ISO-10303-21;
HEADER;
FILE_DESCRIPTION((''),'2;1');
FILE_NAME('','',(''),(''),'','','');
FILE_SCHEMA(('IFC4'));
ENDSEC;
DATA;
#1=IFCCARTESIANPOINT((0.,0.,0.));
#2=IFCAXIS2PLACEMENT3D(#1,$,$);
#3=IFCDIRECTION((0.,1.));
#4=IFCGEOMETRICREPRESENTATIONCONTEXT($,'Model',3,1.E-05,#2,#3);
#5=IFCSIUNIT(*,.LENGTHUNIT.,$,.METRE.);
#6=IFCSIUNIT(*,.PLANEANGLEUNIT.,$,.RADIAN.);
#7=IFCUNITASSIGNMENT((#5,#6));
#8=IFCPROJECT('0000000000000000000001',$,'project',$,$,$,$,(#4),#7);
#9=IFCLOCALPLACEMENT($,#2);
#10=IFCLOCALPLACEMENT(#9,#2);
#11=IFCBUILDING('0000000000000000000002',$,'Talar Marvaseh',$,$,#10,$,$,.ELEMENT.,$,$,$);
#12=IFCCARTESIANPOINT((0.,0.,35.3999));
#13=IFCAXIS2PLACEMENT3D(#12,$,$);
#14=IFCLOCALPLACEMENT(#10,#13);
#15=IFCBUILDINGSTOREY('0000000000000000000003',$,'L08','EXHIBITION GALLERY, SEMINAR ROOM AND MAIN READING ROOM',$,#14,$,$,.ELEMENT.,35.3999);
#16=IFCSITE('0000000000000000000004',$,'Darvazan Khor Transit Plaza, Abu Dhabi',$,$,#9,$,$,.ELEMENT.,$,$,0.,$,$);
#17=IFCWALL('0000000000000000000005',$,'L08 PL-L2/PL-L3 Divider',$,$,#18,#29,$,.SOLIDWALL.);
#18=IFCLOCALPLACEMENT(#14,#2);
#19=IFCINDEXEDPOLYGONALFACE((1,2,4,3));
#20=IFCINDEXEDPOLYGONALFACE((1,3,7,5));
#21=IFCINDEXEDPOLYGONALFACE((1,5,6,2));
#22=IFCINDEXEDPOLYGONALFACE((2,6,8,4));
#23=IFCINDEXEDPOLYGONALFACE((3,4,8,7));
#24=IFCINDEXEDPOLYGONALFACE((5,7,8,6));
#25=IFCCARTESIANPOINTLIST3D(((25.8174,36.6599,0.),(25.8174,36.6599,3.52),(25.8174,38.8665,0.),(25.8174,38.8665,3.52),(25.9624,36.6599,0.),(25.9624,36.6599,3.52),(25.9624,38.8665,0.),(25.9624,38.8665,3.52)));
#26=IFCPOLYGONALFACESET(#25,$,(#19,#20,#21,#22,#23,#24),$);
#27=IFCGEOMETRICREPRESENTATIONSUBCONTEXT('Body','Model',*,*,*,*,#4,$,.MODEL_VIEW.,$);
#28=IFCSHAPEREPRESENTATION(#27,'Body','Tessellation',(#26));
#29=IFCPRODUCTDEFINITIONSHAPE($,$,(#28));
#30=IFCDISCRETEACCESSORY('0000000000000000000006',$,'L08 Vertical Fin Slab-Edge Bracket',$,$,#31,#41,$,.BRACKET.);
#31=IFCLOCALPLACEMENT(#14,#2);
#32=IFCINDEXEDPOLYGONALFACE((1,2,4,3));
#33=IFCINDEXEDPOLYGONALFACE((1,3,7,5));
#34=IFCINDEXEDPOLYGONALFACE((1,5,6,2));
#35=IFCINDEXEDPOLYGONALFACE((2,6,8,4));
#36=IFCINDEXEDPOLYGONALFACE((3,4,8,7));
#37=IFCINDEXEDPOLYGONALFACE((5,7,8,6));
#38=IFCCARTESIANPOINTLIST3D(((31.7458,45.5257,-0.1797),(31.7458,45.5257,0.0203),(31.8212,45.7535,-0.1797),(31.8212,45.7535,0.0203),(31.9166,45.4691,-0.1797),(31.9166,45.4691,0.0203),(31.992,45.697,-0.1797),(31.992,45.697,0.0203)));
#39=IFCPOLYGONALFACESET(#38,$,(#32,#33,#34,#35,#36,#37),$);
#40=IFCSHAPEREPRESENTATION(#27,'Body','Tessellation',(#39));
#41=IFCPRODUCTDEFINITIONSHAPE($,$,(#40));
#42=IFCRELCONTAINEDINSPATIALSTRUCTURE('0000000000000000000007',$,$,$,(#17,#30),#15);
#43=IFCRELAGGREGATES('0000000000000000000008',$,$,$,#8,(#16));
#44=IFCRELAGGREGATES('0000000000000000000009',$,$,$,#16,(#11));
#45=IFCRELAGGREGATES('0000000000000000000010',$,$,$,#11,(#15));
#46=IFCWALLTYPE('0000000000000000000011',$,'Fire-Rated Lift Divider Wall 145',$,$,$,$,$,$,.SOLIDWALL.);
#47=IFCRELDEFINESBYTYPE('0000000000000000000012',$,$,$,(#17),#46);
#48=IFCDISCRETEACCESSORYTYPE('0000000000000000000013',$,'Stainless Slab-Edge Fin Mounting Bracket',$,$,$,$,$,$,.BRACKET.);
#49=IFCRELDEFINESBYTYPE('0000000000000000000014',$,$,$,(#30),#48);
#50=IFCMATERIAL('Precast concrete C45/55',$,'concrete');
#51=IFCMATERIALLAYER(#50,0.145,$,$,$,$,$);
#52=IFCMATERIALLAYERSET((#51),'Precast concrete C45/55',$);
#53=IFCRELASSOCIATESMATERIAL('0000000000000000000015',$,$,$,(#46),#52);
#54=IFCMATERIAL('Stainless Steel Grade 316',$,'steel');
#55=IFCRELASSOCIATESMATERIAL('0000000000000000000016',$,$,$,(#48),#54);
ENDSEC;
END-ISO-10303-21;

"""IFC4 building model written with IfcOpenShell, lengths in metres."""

from ifc_helpers import new_model, si_unit, direction, frame, frame_2d, origin, origin_2d, place, context, subcontext, project, spatial, rectangle, extrude, source, transform, mapped, material, layer, layer_set, type_object, type_shapes, element, save


model = new_model("IFC4")

# Units and contexts
model_context = context("Model", 3, precision=1e-05, world=origin(), true_north=direction((0.0, 1.0)))
body_context = subcontext(model_context, "Body", "Model", "MODEL_VIEW")
ifc_project = project(units=[si_unit("LENGTHUNIT", "METRE"), si_unit("PLANEANGLEUNIT", "RADIAN")], contexts=[model_context])

# Site, building, storey
site_placement = place(None, origin())
site = spatial("IfcSite", under=ifc_project, at=site_placement, Name="Darvazan Khor Transit Plaza, Abu Dhabi", CompositionType="ELEMENT", RefElevation=0.0)
building_placement = place(site_placement, origin())
building = spatial("IfcBuilding", under=site, at=building_placement, Name="Talar Marvaseh", CompositionType="ELEMENT")
storey_placement = place(building_placement, frame((0.0, 0.0, 35.3999)))
storey = spatial("IfcBuildingStorey", under=building, at=storey_placement, Name="L08", Description="EXHIBITION GALLERY, SEMINAR ROOM AND MAIN READING ROOM", CompositionType="ELEMENT", Elevation=35.3999)

# Wall
ifc_material_1 = material(Name="Precast concrete C45/55", Category="concrete")
ifc_layer_1 = layer(ifc_material_1, 0.145)
ifc_layer_set_1 = layer_set([ifc_layer_1], Name="Precast concrete C45/55")
wall_type_1 = type_object("IfcWallType", Name="Fire-Rated Lift Divider Wall 145", PredefinedType="SOLIDWALL", material=ifc_layer_set_1)
wall_1_placement = place(storey_placement, frame((25.8899, 36.6599, 0.0), z_axis=(0.0, 0.0, 1.0), x_axis=(0.0, 1.0, 0.0)))
element("IfcWall", 1, at=wall_1_placement, inside=storey, type_object=wall_type_1, Name="L08 PL-L2/PL-L3 Divider", PredefinedType="SOLIDWALL", context=body_context, shape_type="SweptSolid", body=[
    extrude(rectangle(XDim=2.2065, YDim=0.145, at=frame_2d((1.1033, 0.0))), origin(), (0.0, 0.0, 1.0), 3.52),
])

# Shared definitions
ifc_material_2 = material(Name="Stainless Steel Grade 316", Category="steel")

# Discrete accessory
discrete_accessory_type = type_object("IfcDiscreteAccessoryType", Name="Stainless Slab-Edge Fin Mounting Bracket", PredefinedType="BRACKET", material=ifc_material_2)
shared_shape_1 = source(origin(), body_context, "Body", "SweptSolid", [
    extrude(rectangle(XDim=0.24, YDim=0.1799, at=origin_2d()), origin(), (0.0, 0.0, 1.0), 0.2),
])
type_shapes(discrete_accessory_type, [shared_shape_1])
discrete_accessory_placement = place(storey_placement, frame((31.8689, 45.6113, -0.1797), z_axis=(0.0, 0.0, 1.0), x_axis=(0.314324, 0.949316, 0.0)))
element("IfcDiscreteAccessory", 2, at=discrete_accessory_placement, inside=storey, type_object=discrete_accessory_type, Name="L08 Vertical Fin Slab-Edge Bracket", PredefinedType="BRACKET", context=body_context, shape_type="MappedRepresentation", body=[
    mapped(shared_shape_1, transform((0.0, 0.0, 0.0), x_axis=(1.0, 0.0, 0.0), y_axis=(0.0, 1.0, 0.0), z_axis=(0.0, 0.0, 1.0), scale=1.0)),
])

save(model, "model.ifc")
